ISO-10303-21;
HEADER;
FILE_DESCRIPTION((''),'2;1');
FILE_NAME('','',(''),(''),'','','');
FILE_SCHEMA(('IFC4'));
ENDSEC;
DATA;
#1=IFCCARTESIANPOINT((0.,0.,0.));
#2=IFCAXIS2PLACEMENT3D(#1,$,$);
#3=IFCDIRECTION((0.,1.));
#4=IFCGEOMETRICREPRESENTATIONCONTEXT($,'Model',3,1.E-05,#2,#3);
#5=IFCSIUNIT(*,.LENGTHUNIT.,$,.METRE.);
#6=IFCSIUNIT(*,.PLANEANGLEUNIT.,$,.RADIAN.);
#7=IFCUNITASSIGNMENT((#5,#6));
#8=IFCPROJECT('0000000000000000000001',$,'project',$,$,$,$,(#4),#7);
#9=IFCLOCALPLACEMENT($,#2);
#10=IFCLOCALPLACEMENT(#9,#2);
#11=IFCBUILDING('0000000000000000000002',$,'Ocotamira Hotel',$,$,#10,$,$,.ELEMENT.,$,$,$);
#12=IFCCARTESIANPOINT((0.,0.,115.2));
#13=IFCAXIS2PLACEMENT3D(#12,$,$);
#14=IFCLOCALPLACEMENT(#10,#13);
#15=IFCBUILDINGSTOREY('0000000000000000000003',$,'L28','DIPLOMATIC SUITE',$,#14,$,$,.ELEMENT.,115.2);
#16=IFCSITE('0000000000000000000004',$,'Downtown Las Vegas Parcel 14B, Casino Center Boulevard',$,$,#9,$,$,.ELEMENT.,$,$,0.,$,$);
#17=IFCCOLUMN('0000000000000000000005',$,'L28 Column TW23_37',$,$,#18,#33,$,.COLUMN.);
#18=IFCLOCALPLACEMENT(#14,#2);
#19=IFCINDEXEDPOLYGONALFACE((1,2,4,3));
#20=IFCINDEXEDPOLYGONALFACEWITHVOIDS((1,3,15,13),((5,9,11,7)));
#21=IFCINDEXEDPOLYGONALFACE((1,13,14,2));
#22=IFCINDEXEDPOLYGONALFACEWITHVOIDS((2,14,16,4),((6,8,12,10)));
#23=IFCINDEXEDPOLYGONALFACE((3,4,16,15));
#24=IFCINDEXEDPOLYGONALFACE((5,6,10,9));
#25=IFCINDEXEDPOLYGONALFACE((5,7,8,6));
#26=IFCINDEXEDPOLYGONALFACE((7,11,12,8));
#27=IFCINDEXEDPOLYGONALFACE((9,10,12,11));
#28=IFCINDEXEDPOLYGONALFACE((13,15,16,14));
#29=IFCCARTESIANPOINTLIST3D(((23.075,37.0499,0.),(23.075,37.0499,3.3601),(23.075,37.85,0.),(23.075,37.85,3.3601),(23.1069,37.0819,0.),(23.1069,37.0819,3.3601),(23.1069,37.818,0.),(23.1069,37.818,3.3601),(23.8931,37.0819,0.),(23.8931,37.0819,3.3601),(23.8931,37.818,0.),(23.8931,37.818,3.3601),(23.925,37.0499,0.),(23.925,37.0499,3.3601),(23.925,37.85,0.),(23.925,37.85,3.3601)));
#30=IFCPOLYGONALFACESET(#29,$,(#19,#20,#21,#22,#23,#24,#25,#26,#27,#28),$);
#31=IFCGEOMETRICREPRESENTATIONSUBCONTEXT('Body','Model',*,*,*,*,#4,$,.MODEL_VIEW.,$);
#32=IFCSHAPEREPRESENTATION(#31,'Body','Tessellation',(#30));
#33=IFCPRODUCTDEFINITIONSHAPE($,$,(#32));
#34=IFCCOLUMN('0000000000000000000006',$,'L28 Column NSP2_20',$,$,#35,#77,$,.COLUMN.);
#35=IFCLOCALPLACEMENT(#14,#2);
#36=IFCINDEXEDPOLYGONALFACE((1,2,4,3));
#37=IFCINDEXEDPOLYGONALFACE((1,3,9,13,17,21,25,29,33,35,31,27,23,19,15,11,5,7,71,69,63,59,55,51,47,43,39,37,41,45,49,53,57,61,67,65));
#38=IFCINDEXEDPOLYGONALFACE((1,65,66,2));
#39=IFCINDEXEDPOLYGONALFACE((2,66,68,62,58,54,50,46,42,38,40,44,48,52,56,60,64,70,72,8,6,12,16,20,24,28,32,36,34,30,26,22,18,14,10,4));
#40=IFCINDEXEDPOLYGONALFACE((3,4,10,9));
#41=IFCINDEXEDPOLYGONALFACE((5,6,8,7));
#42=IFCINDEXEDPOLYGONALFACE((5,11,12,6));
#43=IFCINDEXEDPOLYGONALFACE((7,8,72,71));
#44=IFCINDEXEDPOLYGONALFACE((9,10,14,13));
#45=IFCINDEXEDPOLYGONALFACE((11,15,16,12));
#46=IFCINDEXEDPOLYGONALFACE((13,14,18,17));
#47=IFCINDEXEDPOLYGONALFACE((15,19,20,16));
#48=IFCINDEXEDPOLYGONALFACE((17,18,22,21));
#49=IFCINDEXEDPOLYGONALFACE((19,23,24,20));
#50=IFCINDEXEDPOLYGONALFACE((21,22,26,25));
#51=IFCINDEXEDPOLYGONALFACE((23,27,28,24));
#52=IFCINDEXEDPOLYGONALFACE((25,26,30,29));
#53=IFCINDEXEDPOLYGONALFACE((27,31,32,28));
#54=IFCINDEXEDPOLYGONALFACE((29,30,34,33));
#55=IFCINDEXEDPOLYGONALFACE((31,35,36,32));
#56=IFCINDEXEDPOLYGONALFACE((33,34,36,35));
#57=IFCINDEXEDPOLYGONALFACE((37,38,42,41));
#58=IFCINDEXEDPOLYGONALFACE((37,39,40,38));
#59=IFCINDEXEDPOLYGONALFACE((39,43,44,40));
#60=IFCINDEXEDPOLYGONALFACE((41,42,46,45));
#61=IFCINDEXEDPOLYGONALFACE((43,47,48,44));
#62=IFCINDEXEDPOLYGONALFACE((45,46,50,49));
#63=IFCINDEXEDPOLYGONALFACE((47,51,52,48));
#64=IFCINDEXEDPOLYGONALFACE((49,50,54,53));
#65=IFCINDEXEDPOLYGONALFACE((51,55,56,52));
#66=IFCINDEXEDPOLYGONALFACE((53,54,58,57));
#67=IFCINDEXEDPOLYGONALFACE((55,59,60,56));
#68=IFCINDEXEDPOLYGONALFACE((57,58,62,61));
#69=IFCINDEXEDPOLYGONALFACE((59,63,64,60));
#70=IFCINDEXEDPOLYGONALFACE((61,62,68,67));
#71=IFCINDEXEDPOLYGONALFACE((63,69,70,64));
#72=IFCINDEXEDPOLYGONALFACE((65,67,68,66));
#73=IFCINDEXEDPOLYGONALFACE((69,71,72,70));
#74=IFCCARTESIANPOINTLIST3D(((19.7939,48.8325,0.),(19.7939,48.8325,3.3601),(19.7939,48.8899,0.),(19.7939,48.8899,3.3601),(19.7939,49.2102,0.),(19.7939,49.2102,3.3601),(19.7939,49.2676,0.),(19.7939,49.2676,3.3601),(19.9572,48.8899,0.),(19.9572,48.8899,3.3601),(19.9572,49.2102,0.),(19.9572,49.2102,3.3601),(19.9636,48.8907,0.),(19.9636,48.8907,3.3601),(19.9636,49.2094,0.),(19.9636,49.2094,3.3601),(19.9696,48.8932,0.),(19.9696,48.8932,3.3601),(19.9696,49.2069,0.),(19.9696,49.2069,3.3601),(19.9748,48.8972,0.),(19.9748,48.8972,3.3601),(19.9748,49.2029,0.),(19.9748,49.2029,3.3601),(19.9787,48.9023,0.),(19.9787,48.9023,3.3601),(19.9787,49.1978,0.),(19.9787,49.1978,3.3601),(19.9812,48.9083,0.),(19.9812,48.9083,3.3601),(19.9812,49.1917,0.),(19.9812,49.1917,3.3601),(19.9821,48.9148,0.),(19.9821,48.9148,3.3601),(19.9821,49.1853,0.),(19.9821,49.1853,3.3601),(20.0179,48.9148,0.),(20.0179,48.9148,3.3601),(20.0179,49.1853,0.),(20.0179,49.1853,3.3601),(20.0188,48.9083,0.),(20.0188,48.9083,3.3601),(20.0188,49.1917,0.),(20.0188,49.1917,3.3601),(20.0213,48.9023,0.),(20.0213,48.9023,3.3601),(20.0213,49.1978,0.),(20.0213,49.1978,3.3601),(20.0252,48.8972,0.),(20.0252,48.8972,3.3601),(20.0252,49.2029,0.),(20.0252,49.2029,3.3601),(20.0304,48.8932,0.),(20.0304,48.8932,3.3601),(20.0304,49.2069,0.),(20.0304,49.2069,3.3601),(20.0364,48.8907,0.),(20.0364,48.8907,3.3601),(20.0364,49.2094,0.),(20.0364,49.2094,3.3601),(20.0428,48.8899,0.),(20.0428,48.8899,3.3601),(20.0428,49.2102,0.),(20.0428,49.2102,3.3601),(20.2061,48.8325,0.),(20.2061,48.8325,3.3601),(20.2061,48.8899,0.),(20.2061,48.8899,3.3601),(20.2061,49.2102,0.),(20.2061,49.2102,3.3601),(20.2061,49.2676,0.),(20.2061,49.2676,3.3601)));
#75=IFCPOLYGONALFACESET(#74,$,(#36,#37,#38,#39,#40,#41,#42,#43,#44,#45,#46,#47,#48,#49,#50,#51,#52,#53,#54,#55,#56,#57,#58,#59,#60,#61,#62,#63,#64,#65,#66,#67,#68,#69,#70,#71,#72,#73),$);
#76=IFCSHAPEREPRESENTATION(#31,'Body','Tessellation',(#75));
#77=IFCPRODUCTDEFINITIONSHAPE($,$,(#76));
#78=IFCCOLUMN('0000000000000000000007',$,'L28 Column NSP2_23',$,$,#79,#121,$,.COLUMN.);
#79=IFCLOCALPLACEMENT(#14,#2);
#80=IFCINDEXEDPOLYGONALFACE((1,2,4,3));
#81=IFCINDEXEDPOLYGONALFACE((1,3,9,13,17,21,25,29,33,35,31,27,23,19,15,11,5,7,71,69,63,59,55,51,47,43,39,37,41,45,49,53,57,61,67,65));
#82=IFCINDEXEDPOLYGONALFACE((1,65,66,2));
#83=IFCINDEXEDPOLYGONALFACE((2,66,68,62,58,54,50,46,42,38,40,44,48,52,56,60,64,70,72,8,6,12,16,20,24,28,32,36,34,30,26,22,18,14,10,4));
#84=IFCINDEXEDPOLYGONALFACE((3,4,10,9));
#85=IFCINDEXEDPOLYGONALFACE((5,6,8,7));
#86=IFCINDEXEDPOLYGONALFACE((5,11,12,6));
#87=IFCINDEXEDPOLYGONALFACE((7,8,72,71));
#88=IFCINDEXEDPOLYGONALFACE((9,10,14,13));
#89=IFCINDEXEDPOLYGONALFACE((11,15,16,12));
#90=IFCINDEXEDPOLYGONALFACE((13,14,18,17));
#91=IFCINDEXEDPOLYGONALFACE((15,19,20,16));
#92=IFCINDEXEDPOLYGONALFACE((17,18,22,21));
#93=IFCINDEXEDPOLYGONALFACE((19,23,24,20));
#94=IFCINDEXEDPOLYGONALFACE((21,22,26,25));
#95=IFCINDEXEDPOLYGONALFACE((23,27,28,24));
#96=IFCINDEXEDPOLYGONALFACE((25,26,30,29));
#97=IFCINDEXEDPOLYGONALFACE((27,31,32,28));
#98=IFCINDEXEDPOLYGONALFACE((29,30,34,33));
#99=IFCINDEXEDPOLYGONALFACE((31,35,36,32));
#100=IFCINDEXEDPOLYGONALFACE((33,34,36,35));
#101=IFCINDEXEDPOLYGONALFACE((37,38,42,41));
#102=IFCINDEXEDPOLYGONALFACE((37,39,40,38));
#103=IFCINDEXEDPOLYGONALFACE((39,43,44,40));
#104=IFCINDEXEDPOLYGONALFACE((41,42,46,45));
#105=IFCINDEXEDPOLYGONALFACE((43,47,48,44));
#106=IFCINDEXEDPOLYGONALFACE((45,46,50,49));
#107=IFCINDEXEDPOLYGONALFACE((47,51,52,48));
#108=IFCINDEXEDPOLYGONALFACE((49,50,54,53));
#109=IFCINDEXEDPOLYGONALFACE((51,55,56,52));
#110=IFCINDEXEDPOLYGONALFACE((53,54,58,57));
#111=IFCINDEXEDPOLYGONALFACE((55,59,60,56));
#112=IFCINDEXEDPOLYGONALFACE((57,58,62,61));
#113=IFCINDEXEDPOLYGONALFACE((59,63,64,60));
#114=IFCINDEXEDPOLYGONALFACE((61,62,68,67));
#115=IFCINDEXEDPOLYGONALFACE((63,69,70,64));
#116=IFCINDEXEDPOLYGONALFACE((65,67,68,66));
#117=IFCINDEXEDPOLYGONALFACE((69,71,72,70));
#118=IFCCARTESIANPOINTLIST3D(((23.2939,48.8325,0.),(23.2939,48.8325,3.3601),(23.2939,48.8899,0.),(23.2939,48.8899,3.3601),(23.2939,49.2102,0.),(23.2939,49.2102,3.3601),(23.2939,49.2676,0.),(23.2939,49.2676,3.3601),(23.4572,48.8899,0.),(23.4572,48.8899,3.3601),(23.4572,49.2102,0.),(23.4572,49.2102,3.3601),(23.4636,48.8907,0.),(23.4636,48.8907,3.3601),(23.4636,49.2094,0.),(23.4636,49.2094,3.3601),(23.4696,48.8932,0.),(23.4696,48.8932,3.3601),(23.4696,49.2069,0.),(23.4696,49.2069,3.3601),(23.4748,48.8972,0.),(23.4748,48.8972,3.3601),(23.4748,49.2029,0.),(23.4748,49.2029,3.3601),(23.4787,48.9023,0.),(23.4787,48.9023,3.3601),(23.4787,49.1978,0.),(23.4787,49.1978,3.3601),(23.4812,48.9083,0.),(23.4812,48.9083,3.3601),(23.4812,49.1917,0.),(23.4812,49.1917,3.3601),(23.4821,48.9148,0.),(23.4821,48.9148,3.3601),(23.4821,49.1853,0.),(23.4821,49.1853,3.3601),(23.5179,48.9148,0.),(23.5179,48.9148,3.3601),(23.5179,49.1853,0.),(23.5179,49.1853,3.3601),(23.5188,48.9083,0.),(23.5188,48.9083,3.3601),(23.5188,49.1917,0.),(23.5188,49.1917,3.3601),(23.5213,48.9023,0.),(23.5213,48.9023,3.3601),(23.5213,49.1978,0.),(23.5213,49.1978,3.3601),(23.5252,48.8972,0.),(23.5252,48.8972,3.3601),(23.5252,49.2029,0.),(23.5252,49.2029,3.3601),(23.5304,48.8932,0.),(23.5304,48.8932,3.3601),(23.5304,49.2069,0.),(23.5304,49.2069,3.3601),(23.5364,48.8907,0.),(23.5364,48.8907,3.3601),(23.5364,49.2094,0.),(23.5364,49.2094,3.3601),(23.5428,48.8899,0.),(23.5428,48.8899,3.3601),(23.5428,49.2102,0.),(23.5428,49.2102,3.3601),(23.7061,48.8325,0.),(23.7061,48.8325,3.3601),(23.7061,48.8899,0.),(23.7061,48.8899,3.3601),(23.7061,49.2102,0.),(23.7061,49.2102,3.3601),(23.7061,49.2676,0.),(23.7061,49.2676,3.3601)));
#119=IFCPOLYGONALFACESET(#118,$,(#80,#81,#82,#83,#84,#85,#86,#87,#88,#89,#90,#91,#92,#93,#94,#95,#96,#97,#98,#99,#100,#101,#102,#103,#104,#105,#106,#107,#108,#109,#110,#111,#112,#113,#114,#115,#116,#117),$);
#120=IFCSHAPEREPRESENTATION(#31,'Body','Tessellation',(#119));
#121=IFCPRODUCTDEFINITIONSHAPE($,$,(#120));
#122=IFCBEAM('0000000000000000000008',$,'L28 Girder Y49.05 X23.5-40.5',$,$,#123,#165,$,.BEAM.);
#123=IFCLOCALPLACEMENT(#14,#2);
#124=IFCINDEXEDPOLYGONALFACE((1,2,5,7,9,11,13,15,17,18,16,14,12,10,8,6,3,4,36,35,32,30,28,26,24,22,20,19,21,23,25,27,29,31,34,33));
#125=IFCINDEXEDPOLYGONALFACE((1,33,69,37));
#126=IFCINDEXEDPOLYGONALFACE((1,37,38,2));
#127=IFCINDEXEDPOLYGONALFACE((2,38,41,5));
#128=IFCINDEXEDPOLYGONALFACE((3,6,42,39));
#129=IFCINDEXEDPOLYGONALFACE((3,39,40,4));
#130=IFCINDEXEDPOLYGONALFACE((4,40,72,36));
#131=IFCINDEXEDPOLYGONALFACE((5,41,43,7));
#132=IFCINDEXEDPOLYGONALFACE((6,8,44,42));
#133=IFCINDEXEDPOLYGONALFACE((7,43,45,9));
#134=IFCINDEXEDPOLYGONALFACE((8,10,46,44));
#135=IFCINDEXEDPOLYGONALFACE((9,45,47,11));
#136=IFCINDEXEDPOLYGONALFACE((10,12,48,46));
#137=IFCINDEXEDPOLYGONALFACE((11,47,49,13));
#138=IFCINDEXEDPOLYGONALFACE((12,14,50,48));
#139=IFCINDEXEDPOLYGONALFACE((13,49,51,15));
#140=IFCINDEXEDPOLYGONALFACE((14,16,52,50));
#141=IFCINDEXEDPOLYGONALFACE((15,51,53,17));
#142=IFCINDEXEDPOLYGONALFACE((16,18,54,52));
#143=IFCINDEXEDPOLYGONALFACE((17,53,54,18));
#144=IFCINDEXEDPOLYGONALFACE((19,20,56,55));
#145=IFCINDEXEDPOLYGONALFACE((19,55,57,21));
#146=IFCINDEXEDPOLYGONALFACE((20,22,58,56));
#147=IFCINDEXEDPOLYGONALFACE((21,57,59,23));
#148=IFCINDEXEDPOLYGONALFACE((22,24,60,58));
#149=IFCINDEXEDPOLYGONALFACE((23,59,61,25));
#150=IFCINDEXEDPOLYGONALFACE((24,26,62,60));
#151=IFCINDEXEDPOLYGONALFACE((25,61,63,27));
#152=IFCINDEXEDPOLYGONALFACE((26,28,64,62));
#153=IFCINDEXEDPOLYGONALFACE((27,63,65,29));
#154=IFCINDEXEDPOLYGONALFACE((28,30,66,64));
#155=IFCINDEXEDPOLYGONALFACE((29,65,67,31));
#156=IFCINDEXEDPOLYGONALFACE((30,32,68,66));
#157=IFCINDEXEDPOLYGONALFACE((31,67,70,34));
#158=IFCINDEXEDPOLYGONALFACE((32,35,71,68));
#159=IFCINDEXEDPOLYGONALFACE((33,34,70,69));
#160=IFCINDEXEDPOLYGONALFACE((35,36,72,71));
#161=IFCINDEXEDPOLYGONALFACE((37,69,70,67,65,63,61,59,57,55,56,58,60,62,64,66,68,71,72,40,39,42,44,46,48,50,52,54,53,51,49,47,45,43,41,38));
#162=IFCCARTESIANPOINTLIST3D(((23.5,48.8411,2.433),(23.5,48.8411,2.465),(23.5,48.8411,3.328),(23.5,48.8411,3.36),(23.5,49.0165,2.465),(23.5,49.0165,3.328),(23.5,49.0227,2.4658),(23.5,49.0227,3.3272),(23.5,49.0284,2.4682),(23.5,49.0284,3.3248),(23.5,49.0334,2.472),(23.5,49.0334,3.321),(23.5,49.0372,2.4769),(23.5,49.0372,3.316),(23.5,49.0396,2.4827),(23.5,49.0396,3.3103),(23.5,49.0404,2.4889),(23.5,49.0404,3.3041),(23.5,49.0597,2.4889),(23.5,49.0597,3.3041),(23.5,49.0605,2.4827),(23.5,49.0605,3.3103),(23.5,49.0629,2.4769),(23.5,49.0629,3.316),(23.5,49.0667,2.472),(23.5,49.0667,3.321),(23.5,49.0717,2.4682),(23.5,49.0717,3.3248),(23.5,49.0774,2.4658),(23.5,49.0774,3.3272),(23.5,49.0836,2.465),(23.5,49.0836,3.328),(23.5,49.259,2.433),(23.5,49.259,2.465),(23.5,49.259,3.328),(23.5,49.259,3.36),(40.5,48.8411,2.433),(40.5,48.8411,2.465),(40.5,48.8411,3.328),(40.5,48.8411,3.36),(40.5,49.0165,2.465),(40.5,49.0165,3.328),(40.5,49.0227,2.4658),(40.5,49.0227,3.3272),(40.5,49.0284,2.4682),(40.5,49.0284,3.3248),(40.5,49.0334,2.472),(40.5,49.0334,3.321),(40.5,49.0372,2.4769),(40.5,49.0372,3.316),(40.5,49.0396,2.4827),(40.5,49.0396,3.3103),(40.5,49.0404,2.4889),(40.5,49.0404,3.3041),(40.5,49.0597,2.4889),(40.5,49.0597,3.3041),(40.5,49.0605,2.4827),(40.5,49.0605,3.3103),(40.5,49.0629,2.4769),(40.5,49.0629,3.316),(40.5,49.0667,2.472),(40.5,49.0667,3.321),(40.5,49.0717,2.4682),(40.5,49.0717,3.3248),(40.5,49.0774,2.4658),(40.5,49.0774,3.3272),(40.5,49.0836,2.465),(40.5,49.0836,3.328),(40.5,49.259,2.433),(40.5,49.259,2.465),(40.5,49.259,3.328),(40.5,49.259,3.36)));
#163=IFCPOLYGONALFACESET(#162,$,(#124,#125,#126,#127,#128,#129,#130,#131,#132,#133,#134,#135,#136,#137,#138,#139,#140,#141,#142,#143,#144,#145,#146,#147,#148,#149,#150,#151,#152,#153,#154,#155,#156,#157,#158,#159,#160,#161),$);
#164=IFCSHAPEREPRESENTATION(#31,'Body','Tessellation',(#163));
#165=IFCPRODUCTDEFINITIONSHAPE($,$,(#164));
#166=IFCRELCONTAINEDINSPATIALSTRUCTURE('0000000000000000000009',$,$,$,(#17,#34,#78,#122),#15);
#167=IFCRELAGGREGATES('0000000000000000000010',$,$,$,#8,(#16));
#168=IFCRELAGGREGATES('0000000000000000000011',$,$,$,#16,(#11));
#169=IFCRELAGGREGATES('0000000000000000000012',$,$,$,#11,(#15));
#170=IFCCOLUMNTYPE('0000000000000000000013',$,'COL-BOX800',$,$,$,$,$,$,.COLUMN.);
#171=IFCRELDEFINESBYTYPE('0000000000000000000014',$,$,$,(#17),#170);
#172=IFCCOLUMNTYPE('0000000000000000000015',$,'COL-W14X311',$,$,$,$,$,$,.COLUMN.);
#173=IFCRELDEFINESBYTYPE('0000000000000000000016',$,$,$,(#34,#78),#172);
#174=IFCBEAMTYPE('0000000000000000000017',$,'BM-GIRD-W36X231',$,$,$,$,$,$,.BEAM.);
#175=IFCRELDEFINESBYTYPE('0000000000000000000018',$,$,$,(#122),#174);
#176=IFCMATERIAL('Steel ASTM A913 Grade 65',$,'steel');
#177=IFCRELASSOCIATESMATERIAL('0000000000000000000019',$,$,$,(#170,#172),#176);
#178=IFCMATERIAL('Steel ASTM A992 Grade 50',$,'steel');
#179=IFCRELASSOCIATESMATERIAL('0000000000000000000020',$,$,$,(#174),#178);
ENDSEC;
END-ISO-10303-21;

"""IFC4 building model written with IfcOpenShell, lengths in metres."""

from ifc_helpers import new_model, si_unit, direction, frame, origin, origin_2d, place, context, subcontext, project, spatial, hollow_rectangle, i_section, extrude, source, transform, mapped, material, material_profile, profile_set, type_object, element, save


model = new_model("IFC4")

# Units and contexts
model_context = context("Model", 3, precision=1e-05, world=origin(), true_north=direction((0.0, 1.0)))
body_context = subcontext(model_context, "Body", "Model", "MODEL_VIEW")
ifc_project = project(units=[si_unit("LENGTHUNIT", "METRE"), si_unit("PLANEANGLEUNIT", "RADIAN")], contexts=[model_context])

# Site, building, storey
site_placement = place(None, origin())
site = spatial("IfcSite", under=ifc_project, at=site_placement, Name="Downtown Las Vegas Parcel 14B, Casino Center Boulevard", CompositionType="ELEMENT", RefElevation=0.0)
building_placement = place(site_placement, origin())
building = spatial("IfcBuilding", under=site, at=building_placement, Name="Ocotamira Hotel", CompositionType="ELEMENT")
storey_placement = place(building_placement, frame((0.0, 0.0, 115.2)))
storey = spatial("IfcBuildingStorey", under=building, at=storey_placement, Name="L28", Description="DIPLOMATIC SUITE", CompositionType="ELEMENT", Elevation=115.2)

# Columns
ifc_material_1 = material(Name="Steel ASTM A913 Grade 65", Category="steel")
ifc_material_profile_1 = material_profile(ifc_material_1, hollow_rectangle(XDim=0.8501, YDim=0.8, WallThickness=0.032, at=origin_2d()), Name="BOX800X850X32")
ifc_profile_set_1 = profile_set([ifc_material_profile_1], Name="Steel ASTM A913 Grade 65")
column_type_1 = type_object("IfcColumnType", Name="COL-BOX800", PredefinedType="COLUMN", material=ifc_profile_set_1)
shared_shape_1 = source(origin(), body_context, "Body", "SweptSolid", [
    extrude(hollow_rectangle(XDim=0.8501, YDim=0.8, WallThickness=0.032, at=origin_2d()), origin(), (0.0, 0.0, 1.0), 3.3601),
])
column_placement = place(storey_placement, frame((23.5, 37.45, 0.0), z_axis=(0.0, 0.0, 1.0), x_axis=(1.0, 0.0, 0.0)))
element("IfcColumn", 1, at=column_placement, inside=storey, type_object=column_type_1, Name="L28 Column TW23_37", PredefinedType="COLUMN", context=body_context, shape_type="MappedRepresentation", body=[
    mapped(shared_shape_1, transform((0.0, 0.0, 0.0), scale=1.0)),
])
ifc_material_profile_2 = material_profile(ifc_material_1, i_section(OverallWidth=0.4121, OverallDepth=0.4351, WebThickness=0.0359, FlangeThickness=0.0574, FilletRadius=0.0249, at=origin_2d()), Name="W14X311")
ifc_profile_set_2 = profile_set([ifc_material_profile_2], Name="Steel ASTM A913 Grade 65")
column_type_2 = type_object("IfcColumnType", Name="COL-W14X311", PredefinedType="COLUMN", material=ifc_profile_set_2)
shared_shape_2 = source(origin(), body_context, "Body", "SweptSolid", [
    extrude(i_section(OverallWidth=0.4121, OverallDepth=0.4351, WebThickness=0.0359, FlangeThickness=0.0574, FilletRadius=0.0249, at=origin_2d()), origin(), (0.0, 0.0, 1.0), 3.3601),
])
for number, where, z_axis, x_axis, name in (
    (2, (20.0, 49.05, 0.0), (0.0, 0.0, 1.0), (1.0, 0.0, 0.0), "L28 Column NSP2_20"),
    (3, (23.5, 49.05, 0.0), (0.0, 0.0, 1.0), (1.0, 0.0, 0.0), "L28 Column NSP2_23"),
):
    element("IfcColumn", number, at=place(storey_placement, frame(where, z_axis=z_axis, x_axis=x_axis)), inside=storey, type_object=column_type_2, Name=name, PredefinedType="COLUMN", context=body_context, shape_type="MappedRepresentation", body=[
        mapped(shared_shape_2, transform((0.0, 0.0, 0.0), scale=1.0)),
    ])

# Beam
ifc_material_2 = material(Name="Steel ASTM A992 Grade 50", Category="steel")
ifc_material_profile_3 = material_profile(ifc_material_2, i_section(OverallWidth=0.418, OverallDepth=0.927, WebThickness=0.0193, FlangeThickness=0.032, FilletRadius=0.0239, at=origin_2d()), Name="W36X231")
ifc_profile_set_3 = profile_set([ifc_material_profile_3], Name="Steel ASTM A992 Grade 50")
beam_type_1 = type_object("IfcBeamType", Name="BM-GIRD-W36X231", PredefinedType="BEAM", material=ifc_profile_set_3)
shared_shape_3 = source(origin(), body_context, "Body", "SweptSolid", [
    extrude(i_section(OverallWidth=0.418, OverallDepth=0.927, WebThickness=0.0193, FlangeThickness=0.032, FilletRadius=0.0239, at=origin_2d()), origin(), (0.0, 0.0, 1.0), 17.0),
])
beam_1_placement = place(storey_placement, frame((23.5, 49.05, 2.8965), z_axis=(1.0, 0.0, 0.0), x_axis=(0.0, 1.0, 0.0)))
element("IfcBeam", 4, at=beam_1_placement, inside=storey, type_object=beam_type_1, Name="L28 Girder Y49.05 X23.5-40.5", PredefinedType="BEAM", context=body_context, shape_type="MappedRepresentation", body=[
    mapped(shared_shape_3, transform((0.0, 0.0, 0.0), scale=1.0)),
])

save(model, "model.ifc")
